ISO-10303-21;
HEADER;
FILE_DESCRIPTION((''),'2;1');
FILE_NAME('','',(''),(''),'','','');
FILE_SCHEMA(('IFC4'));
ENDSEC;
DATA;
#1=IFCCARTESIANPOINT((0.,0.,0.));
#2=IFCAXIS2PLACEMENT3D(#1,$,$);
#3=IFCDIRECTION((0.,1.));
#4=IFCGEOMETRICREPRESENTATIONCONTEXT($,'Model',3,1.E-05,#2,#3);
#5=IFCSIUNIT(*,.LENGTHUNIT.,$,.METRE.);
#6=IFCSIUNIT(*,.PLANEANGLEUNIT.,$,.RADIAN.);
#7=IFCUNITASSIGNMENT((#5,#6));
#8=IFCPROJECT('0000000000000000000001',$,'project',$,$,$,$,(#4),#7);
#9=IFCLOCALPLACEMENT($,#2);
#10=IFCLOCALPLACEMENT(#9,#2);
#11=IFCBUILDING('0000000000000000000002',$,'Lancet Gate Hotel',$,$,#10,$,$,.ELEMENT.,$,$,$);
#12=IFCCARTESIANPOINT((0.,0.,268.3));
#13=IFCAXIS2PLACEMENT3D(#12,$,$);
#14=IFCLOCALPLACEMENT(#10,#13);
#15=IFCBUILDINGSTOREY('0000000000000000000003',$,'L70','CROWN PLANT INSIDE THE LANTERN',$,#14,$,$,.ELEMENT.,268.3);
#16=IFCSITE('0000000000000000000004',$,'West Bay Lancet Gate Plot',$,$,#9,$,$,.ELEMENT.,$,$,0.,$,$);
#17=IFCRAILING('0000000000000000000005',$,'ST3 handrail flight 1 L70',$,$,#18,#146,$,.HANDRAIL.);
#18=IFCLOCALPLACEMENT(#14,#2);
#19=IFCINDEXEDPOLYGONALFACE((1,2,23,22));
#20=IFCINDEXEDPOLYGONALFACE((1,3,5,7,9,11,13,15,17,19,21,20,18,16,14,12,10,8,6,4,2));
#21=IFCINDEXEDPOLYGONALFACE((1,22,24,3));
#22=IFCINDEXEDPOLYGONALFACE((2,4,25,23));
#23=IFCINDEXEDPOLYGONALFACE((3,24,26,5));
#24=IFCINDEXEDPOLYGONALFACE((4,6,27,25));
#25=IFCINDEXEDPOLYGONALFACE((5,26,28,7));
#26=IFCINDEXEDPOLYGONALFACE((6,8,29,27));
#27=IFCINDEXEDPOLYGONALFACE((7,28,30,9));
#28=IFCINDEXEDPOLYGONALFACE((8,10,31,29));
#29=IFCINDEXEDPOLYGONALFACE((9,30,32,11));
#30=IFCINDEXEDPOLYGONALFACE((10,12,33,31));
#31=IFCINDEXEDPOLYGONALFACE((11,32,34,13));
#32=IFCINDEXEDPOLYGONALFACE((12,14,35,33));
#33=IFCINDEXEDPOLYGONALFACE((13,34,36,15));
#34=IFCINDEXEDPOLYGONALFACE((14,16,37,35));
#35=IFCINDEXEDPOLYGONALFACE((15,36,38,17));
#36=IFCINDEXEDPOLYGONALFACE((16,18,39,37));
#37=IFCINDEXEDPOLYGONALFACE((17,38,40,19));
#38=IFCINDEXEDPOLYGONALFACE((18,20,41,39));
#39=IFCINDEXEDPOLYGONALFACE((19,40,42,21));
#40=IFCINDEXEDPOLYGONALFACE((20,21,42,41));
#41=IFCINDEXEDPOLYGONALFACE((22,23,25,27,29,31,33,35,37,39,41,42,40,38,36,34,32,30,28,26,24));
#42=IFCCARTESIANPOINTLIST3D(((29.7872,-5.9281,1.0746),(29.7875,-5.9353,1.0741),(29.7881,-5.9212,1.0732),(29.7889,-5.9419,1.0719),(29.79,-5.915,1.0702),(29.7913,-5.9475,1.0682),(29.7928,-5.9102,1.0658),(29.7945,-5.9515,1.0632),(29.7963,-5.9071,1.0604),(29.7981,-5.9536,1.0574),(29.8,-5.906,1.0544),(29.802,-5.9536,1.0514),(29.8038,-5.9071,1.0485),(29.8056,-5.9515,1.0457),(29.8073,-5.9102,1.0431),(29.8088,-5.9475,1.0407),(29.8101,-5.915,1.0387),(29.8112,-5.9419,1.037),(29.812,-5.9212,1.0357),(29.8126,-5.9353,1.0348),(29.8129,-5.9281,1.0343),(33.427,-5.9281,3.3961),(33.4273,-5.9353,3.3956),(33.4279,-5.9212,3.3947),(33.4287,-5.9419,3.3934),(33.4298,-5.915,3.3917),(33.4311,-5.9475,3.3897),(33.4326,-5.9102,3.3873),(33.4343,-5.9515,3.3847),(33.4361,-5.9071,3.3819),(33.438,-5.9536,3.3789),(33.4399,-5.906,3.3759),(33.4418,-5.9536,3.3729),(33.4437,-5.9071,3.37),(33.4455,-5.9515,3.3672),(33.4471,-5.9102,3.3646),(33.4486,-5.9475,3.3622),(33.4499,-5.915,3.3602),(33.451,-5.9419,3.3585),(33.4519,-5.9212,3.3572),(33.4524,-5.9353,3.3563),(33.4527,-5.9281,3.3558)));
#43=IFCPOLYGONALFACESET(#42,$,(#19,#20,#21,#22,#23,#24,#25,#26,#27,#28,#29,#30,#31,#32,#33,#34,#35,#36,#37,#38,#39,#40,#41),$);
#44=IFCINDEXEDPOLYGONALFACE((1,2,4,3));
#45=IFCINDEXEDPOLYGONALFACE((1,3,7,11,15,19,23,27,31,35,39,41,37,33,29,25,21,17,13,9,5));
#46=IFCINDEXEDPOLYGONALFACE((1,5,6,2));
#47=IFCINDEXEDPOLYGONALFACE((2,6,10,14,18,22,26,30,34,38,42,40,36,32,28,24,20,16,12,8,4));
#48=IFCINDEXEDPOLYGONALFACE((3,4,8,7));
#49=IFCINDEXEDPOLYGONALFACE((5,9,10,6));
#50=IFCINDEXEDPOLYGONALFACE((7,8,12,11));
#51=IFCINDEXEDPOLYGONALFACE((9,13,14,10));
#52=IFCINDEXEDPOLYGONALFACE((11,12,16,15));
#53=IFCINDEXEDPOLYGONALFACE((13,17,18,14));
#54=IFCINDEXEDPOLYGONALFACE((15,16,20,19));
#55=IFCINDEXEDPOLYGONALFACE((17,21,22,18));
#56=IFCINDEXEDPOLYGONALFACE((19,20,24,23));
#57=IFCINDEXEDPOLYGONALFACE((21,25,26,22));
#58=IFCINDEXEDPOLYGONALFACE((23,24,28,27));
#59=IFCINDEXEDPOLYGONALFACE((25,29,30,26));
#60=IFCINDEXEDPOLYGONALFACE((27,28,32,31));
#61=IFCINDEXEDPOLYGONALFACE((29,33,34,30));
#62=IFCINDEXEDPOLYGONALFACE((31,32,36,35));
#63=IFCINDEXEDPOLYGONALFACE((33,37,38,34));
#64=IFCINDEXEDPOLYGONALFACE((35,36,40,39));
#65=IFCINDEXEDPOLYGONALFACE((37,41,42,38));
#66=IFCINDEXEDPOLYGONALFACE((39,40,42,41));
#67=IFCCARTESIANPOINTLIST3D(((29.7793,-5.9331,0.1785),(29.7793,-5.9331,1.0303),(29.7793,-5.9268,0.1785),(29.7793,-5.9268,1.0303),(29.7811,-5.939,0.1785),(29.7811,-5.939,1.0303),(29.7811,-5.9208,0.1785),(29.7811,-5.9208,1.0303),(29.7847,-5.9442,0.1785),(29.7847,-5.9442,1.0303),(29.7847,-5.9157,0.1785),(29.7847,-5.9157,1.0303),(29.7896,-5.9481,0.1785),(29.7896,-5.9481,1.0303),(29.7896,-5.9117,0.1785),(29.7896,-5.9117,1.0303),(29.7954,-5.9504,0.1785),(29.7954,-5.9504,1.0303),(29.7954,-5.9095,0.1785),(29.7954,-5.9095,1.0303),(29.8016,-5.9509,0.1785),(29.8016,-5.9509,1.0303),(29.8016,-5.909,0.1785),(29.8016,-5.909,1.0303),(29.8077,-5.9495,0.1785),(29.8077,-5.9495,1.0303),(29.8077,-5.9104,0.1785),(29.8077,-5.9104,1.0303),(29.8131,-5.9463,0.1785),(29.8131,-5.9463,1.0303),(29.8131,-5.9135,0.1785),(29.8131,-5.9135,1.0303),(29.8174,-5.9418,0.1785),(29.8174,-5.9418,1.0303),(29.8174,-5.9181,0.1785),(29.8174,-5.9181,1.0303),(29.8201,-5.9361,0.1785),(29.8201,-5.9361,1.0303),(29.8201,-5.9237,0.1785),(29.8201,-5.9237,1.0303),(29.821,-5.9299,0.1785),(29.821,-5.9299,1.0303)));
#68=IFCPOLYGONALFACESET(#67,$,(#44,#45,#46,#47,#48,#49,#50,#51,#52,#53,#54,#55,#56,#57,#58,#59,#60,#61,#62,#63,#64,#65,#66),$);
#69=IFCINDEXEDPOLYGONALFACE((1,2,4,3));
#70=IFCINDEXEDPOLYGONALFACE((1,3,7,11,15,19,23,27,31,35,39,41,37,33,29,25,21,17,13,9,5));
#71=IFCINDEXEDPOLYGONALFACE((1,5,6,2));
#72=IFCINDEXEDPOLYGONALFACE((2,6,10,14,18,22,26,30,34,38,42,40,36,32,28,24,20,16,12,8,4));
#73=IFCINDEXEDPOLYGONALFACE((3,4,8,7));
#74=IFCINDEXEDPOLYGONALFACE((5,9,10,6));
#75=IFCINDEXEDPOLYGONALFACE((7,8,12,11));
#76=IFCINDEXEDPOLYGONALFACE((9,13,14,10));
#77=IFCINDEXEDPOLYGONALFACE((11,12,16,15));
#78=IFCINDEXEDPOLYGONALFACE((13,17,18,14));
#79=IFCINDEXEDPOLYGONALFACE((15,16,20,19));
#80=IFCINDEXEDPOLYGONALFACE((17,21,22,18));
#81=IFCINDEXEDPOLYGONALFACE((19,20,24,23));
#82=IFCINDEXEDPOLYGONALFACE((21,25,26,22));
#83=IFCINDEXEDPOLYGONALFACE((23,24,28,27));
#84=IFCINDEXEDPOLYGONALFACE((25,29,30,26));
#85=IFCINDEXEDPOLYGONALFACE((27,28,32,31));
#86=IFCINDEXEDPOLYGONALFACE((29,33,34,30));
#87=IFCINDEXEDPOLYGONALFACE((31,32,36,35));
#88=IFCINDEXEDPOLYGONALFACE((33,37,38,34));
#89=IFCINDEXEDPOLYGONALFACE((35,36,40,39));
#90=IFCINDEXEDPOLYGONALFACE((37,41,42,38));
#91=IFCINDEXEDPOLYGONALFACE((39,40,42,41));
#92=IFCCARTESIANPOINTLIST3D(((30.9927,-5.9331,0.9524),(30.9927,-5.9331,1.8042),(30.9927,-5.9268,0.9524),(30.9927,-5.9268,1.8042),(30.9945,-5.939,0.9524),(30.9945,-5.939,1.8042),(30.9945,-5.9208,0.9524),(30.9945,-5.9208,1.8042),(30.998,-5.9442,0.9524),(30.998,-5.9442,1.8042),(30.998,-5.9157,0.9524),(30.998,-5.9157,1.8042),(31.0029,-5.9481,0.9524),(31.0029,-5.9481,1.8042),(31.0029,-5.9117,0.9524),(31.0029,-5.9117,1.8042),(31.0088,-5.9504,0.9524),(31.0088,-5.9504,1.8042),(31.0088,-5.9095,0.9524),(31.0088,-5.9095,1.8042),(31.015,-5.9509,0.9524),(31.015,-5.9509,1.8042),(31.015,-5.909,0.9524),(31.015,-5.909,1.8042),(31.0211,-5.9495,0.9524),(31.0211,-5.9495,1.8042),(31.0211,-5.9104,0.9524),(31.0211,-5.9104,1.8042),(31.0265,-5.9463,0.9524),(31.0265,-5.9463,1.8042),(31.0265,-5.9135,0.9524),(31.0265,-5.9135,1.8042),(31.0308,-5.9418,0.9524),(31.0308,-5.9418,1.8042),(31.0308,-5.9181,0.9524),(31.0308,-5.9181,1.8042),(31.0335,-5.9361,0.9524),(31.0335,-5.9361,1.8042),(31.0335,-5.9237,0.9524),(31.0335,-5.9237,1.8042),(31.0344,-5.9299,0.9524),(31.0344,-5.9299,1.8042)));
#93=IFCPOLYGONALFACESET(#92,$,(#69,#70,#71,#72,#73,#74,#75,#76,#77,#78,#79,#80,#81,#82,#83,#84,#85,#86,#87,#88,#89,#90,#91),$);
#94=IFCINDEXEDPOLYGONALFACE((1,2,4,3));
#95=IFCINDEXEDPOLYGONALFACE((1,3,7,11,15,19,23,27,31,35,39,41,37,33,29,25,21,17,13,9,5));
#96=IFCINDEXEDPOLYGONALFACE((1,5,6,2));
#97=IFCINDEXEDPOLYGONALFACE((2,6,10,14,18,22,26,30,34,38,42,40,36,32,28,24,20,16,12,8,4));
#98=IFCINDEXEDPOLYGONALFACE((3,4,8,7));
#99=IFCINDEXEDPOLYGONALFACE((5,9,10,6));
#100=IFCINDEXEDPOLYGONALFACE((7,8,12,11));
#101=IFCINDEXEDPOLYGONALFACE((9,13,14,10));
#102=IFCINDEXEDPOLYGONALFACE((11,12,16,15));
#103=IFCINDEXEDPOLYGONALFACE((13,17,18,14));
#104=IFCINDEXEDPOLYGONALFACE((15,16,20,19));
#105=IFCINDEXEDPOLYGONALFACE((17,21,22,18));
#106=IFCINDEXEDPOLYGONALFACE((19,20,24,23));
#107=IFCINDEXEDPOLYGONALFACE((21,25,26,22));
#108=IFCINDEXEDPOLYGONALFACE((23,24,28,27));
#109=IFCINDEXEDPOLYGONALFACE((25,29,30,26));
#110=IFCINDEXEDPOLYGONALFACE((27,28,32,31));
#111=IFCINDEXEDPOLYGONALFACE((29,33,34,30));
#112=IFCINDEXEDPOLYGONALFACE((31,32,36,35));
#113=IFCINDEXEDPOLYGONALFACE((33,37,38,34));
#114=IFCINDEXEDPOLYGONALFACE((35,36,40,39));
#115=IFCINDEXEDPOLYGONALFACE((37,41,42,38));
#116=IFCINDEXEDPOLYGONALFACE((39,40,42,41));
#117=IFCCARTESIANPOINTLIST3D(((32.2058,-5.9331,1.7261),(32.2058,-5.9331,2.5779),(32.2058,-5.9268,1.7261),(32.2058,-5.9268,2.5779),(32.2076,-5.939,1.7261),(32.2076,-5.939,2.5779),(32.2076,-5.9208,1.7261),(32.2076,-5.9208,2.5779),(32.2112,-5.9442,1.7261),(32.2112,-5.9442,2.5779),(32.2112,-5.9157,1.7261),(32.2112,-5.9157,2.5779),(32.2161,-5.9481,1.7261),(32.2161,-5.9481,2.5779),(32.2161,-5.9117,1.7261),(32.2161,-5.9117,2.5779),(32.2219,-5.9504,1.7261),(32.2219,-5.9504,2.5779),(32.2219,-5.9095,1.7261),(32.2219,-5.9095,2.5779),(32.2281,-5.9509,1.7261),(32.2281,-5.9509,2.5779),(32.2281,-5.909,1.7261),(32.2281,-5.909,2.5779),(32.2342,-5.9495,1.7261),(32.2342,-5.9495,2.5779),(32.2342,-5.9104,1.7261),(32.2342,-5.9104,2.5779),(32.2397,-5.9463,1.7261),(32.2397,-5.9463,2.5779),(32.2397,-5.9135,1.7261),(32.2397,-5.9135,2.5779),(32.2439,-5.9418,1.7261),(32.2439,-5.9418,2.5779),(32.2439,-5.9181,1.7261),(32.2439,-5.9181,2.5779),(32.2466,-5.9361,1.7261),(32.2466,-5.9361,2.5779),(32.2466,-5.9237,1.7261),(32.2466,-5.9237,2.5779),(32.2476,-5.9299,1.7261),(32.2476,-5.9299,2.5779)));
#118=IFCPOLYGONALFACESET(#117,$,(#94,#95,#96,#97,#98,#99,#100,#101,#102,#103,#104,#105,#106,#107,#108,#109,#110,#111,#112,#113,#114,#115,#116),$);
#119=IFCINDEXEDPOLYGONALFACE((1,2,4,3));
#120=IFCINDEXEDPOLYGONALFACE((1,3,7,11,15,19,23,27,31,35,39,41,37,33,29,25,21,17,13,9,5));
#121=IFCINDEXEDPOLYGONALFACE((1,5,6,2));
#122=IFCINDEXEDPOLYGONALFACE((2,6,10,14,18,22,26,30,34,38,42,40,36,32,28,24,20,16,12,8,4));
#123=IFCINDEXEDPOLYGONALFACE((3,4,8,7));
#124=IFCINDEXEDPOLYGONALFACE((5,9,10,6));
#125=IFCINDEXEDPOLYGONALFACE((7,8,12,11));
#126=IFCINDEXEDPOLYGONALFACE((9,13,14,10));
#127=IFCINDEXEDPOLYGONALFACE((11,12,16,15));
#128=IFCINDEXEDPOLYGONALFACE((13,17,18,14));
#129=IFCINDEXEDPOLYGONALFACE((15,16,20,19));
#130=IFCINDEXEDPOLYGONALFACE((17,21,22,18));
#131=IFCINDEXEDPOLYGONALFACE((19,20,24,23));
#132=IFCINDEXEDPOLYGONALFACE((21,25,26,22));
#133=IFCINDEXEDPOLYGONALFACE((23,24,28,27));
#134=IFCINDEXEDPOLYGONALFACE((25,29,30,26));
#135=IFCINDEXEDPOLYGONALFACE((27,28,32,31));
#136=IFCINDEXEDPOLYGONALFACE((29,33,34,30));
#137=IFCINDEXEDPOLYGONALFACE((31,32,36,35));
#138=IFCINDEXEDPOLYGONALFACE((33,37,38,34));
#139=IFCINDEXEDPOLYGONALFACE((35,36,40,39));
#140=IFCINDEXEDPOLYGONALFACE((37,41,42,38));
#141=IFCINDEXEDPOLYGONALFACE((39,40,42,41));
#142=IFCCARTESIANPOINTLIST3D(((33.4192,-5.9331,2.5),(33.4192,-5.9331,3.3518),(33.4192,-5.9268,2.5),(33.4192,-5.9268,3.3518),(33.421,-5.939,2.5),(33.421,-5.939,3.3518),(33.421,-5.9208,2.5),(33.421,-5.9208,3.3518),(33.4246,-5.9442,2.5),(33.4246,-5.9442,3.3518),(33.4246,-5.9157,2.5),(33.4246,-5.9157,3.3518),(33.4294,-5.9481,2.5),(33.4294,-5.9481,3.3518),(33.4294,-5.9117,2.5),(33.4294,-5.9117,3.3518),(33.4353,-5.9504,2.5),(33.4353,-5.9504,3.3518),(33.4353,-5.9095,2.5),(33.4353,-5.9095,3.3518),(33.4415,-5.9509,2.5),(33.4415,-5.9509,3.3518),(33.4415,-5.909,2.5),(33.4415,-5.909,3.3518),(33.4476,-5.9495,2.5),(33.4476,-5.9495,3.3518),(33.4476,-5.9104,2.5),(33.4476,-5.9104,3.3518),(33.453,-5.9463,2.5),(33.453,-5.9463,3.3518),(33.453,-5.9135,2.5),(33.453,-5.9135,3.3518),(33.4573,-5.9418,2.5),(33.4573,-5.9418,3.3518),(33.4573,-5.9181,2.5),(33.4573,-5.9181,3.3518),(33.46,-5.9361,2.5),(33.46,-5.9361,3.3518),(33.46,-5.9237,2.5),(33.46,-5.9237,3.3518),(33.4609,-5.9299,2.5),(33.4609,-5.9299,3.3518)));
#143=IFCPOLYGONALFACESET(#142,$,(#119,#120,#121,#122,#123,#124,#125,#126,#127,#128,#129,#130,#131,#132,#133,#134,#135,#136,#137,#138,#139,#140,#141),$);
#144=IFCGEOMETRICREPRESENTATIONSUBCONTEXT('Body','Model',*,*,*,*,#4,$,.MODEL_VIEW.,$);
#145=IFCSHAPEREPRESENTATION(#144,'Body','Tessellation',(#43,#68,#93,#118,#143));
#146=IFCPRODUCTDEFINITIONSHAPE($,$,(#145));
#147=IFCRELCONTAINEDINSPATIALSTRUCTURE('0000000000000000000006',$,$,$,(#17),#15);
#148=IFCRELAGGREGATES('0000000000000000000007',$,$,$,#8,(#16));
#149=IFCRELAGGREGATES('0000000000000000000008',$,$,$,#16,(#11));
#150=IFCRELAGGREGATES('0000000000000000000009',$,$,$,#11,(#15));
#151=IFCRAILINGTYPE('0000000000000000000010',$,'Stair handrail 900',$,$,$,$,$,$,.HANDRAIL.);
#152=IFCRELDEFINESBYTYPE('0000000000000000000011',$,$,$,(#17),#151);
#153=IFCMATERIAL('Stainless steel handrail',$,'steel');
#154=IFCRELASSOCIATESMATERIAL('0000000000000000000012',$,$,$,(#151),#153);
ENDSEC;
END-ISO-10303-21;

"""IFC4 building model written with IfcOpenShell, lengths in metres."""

from ifc_helpers import new_model, si_unit, direction, frame, origin, origin_2d, place, context, subcontext, project, spatial, circle, extrude, material, type_object, element, save


model = new_model("IFC4")

# Units and contexts
model_context = context("Model", 3, precision=1e-05, world=origin(), true_north=direction((0.0, 1.0)))
body_context = subcontext(model_context, "Body", "Model", "MODEL_VIEW")
ifc_project = project(units=[si_unit("LENGTHUNIT", "METRE"), si_unit("PLANEANGLEUNIT", "RADIAN")], contexts=[model_context])

# Site, building, storey
site_placement = place(None, origin())
site = spatial("IfcSite", under=ifc_project, at=site_placement, Name="West Bay Lancet Gate Plot", CompositionType="ELEMENT", RefElevation=0.0)
building_placement = place(site_placement, origin())
building = spatial("IfcBuilding", under=site, at=building_placement, Name="Lancet Gate Hotel", CompositionType="ELEMENT")
storey_placement = place(building_placement, frame((0.0, 0.0, 268.3)))
storey = spatial("IfcBuildingStorey", under=building, at=storey_placement, Name="L70", Description="CROWN PLANT INSIDE THE LANTERN", CompositionType="ELEMENT", Elevation=268.3)

# Railing
ifc_material_1 = material(Name="Stainless steel handrail", Category="steel")
railing_type = type_object("IfcRailingType", Name="Stair handrail 900", PredefinedType="HANDRAIL", material=ifc_material_1)
railing_placement = place(storey_placement, frame((29.8, -5.9299, 0.1785)))
element("IfcRailing", 1, at=railing_placement, inside=storey, type_object=railing_type, Name="ST3 handrail flight 1 L70", PredefinedType="HANDRAIL", context=body_context, shape_type="SweptSolid", body=[
    extrude(circle(Radius=0.0239, at=origin_2d()), frame((0.0, 0.0, 0.876), z_axis=(0.843112, 0.0, 0.537739), x_axis=(0.0, 1.0, 0.0)), (0.0, 0.0, 1.0), 4.3171),
    extrude(circle(Radius=0.021, at=origin_2d()), origin(), (0.0, 0.0, 1.0), 0.8518),
    extrude(circle(Radius=0.021, at=origin_2d()), frame((1.2134, 0.0, 0.7739)), (0.0, 0.0, 1.0), 0.8518),
    extrude(circle(Radius=0.021, at=origin_2d()), frame((2.4265, 0.0, 1.5476)), (0.0, 0.0, 1.0), 0.8518),
    extrude(circle(Radius=0.021, at=origin_2d()), frame((3.6399, 0.0, 2.3215)), (0.0, 0.0, 1.0), 0.8518),
])

save(model, "model.ifc")
